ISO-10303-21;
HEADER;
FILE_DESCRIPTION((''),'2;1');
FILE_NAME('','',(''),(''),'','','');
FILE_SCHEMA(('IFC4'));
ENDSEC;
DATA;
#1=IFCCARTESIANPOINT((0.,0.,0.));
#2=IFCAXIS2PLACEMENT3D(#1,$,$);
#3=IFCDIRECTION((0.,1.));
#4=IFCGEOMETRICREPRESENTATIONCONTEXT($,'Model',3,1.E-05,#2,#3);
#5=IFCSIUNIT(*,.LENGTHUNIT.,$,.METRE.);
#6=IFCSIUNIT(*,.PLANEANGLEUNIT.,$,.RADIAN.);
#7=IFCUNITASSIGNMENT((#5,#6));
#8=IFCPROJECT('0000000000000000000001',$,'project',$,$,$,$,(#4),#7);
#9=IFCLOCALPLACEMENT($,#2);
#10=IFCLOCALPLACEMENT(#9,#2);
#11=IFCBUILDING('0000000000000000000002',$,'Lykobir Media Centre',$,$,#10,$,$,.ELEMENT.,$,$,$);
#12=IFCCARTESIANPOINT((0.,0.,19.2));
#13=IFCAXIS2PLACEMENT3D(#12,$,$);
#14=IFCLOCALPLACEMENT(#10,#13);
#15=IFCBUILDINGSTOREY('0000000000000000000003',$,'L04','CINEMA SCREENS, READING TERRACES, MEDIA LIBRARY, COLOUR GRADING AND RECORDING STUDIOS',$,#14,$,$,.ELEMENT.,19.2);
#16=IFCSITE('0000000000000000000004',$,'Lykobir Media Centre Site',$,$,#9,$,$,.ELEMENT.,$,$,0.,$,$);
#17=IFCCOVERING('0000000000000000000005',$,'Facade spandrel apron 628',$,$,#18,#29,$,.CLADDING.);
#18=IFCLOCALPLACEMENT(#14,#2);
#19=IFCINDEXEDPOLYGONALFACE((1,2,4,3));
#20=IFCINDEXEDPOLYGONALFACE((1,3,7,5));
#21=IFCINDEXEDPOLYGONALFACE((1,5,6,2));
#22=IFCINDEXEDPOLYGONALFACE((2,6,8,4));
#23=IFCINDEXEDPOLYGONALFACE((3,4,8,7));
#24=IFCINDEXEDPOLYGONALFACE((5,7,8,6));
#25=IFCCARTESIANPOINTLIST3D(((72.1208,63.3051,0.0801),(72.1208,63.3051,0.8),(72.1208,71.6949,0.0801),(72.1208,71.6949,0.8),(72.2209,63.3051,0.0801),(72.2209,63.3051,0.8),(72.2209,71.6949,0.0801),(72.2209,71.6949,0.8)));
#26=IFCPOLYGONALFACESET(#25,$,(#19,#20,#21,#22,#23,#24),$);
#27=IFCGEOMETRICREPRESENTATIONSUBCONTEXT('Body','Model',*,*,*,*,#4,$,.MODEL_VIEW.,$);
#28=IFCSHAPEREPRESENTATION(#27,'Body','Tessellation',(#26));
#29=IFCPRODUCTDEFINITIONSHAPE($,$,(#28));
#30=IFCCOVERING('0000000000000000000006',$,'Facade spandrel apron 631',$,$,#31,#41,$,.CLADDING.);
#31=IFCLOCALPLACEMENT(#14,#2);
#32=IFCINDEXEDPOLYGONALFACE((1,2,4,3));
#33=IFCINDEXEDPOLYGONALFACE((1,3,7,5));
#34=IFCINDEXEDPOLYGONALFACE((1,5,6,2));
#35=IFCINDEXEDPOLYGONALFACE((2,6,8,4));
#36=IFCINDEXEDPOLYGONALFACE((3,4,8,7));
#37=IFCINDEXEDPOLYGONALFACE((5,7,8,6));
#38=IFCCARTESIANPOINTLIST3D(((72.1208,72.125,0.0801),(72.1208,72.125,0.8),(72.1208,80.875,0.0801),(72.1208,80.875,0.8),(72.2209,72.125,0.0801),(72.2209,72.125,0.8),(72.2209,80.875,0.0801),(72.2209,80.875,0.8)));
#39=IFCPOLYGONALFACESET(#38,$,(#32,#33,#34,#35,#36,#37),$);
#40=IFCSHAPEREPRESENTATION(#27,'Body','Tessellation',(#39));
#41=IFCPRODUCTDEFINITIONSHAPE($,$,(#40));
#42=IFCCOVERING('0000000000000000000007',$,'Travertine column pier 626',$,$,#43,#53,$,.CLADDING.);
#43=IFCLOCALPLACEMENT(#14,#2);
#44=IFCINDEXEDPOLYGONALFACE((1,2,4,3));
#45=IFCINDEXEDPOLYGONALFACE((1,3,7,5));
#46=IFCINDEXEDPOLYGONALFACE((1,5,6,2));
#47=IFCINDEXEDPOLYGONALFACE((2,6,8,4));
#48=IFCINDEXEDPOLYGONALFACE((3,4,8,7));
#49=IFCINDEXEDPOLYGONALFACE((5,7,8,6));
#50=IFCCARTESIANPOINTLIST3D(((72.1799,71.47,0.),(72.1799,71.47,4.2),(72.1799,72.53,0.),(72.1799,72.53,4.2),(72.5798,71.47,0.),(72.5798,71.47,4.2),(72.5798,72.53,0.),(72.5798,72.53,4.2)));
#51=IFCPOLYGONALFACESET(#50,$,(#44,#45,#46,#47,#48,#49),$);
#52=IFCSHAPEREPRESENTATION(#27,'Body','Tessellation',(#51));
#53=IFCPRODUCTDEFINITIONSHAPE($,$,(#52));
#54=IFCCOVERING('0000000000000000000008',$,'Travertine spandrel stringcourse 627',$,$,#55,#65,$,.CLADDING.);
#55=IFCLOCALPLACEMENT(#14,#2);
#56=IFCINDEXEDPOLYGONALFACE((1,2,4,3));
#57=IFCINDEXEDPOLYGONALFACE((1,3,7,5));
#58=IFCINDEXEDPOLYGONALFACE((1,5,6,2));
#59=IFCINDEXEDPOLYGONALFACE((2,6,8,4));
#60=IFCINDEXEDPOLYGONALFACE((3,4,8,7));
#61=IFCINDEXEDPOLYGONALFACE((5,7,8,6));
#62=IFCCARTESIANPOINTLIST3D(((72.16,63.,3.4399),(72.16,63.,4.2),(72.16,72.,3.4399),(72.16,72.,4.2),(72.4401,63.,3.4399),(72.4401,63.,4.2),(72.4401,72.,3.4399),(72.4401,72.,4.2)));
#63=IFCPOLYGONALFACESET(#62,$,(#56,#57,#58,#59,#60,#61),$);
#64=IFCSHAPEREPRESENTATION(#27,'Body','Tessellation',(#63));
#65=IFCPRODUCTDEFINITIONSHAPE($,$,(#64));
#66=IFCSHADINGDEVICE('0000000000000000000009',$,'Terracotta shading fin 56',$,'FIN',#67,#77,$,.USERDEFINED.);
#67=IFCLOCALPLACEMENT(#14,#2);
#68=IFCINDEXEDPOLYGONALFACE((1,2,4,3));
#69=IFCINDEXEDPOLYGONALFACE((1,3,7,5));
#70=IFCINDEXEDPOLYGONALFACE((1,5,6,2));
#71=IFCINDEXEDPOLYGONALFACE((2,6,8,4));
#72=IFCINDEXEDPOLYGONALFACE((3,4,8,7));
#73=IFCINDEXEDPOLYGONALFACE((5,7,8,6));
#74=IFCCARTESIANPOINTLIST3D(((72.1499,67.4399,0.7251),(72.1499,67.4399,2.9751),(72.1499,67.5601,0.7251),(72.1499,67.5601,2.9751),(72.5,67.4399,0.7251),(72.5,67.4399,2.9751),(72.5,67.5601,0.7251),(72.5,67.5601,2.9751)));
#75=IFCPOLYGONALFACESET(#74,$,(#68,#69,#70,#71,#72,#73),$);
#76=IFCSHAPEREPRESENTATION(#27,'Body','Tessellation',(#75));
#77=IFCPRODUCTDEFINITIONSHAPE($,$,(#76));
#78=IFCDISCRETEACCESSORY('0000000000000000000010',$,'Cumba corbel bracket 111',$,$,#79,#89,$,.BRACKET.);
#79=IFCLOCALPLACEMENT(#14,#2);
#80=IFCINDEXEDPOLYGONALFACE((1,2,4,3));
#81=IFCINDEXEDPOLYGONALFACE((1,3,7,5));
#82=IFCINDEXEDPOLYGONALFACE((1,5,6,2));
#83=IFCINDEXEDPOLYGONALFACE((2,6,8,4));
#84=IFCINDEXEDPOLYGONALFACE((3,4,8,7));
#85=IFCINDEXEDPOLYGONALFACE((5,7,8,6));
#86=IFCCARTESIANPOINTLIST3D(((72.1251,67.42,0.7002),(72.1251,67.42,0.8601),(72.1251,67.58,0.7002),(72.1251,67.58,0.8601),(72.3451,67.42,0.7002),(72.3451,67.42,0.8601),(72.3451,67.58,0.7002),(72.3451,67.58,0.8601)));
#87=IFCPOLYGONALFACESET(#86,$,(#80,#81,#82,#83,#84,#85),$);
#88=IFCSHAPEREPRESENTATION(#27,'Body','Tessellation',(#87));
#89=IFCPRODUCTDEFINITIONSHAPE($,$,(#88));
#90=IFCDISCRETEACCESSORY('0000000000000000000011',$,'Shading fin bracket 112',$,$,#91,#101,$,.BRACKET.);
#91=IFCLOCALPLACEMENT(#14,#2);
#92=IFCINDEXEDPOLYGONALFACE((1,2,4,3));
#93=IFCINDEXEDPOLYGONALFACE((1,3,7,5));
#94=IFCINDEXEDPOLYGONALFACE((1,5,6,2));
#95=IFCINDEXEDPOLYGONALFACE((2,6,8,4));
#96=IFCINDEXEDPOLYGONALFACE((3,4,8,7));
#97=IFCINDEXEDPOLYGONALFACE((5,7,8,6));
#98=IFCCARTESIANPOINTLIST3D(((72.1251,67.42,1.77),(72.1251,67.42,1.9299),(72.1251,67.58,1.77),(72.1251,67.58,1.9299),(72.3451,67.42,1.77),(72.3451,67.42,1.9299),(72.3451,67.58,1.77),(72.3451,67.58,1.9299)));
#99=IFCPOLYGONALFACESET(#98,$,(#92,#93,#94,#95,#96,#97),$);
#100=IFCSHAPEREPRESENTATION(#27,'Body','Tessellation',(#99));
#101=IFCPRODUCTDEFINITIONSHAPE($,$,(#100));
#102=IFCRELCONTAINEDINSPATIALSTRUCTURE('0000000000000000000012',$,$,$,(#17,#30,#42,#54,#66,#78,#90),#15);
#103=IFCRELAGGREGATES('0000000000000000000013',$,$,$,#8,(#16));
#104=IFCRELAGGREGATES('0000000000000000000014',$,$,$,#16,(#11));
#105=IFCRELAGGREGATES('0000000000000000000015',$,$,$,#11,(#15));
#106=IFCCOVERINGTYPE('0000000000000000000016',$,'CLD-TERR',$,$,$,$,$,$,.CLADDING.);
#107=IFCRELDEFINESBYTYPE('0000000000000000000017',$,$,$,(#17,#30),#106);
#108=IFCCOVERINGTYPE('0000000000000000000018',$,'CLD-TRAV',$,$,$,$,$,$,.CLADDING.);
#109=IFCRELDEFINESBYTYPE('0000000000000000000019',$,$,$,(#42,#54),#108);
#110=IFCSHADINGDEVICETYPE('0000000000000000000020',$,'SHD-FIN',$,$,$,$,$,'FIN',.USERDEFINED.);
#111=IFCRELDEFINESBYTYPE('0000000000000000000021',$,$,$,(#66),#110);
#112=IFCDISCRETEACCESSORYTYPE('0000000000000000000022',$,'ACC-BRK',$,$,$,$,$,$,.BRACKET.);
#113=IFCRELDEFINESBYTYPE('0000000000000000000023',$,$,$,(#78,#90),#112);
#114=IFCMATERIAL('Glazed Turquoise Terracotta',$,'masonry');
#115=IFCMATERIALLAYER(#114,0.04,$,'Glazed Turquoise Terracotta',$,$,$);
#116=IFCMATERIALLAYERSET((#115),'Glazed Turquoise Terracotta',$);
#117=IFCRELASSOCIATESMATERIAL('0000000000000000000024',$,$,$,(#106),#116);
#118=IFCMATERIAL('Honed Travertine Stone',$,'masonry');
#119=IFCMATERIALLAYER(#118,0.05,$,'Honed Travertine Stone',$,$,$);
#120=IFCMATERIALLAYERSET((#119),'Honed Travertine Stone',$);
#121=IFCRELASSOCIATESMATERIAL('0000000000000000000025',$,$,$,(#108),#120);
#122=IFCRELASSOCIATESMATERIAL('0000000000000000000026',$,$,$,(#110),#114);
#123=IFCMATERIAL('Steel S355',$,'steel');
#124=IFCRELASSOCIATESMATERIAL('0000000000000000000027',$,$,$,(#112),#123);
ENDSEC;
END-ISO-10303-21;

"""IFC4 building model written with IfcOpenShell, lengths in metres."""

from ifc_helpers import new_model, si_unit, direction, frame, origin, origin_2d, place, context, subcontext, project, spatial, rectangle, extrude, material, layer, layer_set, type_object, element, save


model = new_model("IFC4")

# Units and contexts
model_context = context("Model", 3, precision=1e-05, world=origin(), true_north=direction((0.0, 1.0)))
body_context = subcontext(model_context, "Body", "Model", "MODEL_VIEW")
ifc_project = project(units=[si_unit("LENGTHUNIT", "METRE"), si_unit("PLANEANGLEUNIT", "RADIAN")], contexts=[model_context])

# Site, building, storey
site_placement = place(None, origin())
site = spatial("IfcSite", under=ifc_project, at=site_placement, Name="Lykobir Media Centre Site", CompositionType="ELEMENT", RefElevation=0.0)
building_placement = place(site_placement, origin())
building = spatial("IfcBuilding", under=site, at=building_placement, Name="Lykobir Media Centre", CompositionType="ELEMENT")
storey_placement = place(building_placement, frame((0.0, 0.0, 19.2)))
storey = spatial("IfcBuildingStorey", under=building, at=storey_placement, Name="L04", Description="CINEMA SCREENS, READING TERRACES, MEDIA LIBRARY, COLOUR GRADING AND RECORDING STUDIOS", CompositionType="ELEMENT", Elevation=19.2)

# Shared definitions
ifc_material_1 = material(Name="Steel S355", Category="steel")

# Coverings
ifc_material_2 = material(Name="Glazed Turquoise Terracotta", Category="masonry")
ifc_layer_1 = layer(ifc_material_2, 0.04, Name="Glazed Turquoise Terracotta")
ifc_layer_set_1 = layer_set([ifc_layer_1], Name="Glazed Turquoise Terracotta")
covering_type_1 = type_object("IfcCoveringType", Name="CLD-TERR", PredefinedType="CLADDING", material=ifc_layer_set_1)
covering_1_placement = place(storey_placement, frame((72.1709, 67.5, 0.0801), z_axis=(0.0, 0.0, 1.0), x_axis=(0.0, 1.0, 0.0)))
element("IfcCovering", 1, at=covering_1_placement, inside=storey, type_object=covering_type_1, Name="Facade spandrel apron 628", PredefinedType="CLADDING", context=body_context, shape_type="SweptSolid", body=[
    extrude(rectangle(XDim=8.3899, YDim=0.1001, at=origin_2d()), origin(), (0.0, 0.0, 1.0), 0.72),
])
covering_2_placement = place(storey_placement, frame((72.1709, 76.5, 0.0801), z_axis=(0.0, 0.0, 1.0), x_axis=(0.0, 1.0, 0.0)))
element("IfcCovering", 2, at=covering_2_placement, inside=storey, type_object=covering_type_1, Name="Facade spandrel apron 631", PredefinedType="CLADDING", context=body_context, shape_type="SweptSolid", body=[
    extrude(rectangle(XDim=8.75, YDim=0.1001, at=origin_2d()), origin(), (0.0, 0.0, 1.0), 0.72),
])
ifc_material_3 = material(Name="Honed Travertine Stone", Category="masonry")
ifc_layer_2 = layer(ifc_material_3, 0.05, Name="Honed Travertine Stone")
ifc_layer_set_2 = layer_set([ifc_layer_2], Name="Honed Travertine Stone")
covering_type_2 = type_object("IfcCoveringType", Name="CLD-TRAV", PredefinedType="CLADDING", material=ifc_layer_set_2)
covering_3_placement = place(storey_placement, frame((72.3799, 72.0, 0.0), z_axis=(0.0, 0.0, 1.0), x_axis=(0.0, 1.0, 0.0)))
element("IfcCovering", 3, at=covering_3_placement, inside=storey, type_object=covering_type_2, Name="Travertine column pier 626", PredefinedType="CLADDING", context=body_context, shape_type="SweptSolid", body=[
    extrude(rectangle(XDim=1.0601, YDim=0.3999, at=origin_2d()), origin(), (0.0, 0.0, 1.0), 4.2),
])
covering_4_placement = place(storey_placement, frame((72.3, 67.5, 3.4399), z_axis=(0.0, 0.0, 1.0), x_axis=(0.0, 1.0, 0.0)))
element("IfcCovering", 4, at=covering_4_placement, inside=storey, type_object=covering_type_2, Name="Travertine spandrel stringcourse 627", PredefinedType="CLADDING", context=body_context, shape_type="SweptSolid", body=[
    extrude(rectangle(XDim=9.0, YDim=0.28, at=origin_2d()), origin(), (0.0, 0.0, 1.0), 0.76),
])

# Shading device
shading_device_type = type_object("IfcShadingDeviceType", Name="SHD-FIN", ElementType="FIN", PredefinedType="USERDEFINED", material=ifc_material_2)
shading_device_placement = place(storey_placement, frame((72.325, 67.5, 0.7251), z_axis=(0.0, 0.0, 1.0), x_axis=(0.0, 1.0, 0.0)))
element("IfcShadingDevice", 5, at=shading_device_placement, inside=storey, type_object=shading_device_type, Name="Terracotta shading fin 56", ObjectType="FIN", PredefinedType="USERDEFINED", context=body_context, shape_type="SweptSolid", body=[
    extrude(rectangle(XDim=0.1201, YDim=0.3501, at=origin_2d()), origin(), (0.0, 0.0, 1.0), 2.25),
])

# Discrete accessories
discrete_accessory_type = type_object("IfcDiscreteAccessoryType", Name="ACC-BRK", PredefinedType="BRACKET", material=ifc_material_1)
for number, where, z_axis, x_axis, name in (
    (6, (72.2351, 67.5, 0.7002), (0.0, 0.0, 1.0), (0.0, 1.0, 0.0), "Cumba corbel bracket 111"),
    (7, (72.2351, 67.5, 1.77), (0.0, 0.0, 1.0), (0.0, 1.0, 0.0), "Shading fin bracket 112"),
):
    element("IfcDiscreteAccessory", number, at=place(storey_placement, frame(where, z_axis=z_axis, x_axis=x_axis)), inside=storey, type_object=discrete_accessory_type, Name=name, PredefinedType="BRACKET", context=body_context, shape_type="SweptSolid", body=[
        extrude(rectangle(XDim=0.1599, YDim=0.22, at=origin_2d()), origin(), (0.0, 0.0, 1.0), 0.1599),
    ])

save(model, "model.ifc")
